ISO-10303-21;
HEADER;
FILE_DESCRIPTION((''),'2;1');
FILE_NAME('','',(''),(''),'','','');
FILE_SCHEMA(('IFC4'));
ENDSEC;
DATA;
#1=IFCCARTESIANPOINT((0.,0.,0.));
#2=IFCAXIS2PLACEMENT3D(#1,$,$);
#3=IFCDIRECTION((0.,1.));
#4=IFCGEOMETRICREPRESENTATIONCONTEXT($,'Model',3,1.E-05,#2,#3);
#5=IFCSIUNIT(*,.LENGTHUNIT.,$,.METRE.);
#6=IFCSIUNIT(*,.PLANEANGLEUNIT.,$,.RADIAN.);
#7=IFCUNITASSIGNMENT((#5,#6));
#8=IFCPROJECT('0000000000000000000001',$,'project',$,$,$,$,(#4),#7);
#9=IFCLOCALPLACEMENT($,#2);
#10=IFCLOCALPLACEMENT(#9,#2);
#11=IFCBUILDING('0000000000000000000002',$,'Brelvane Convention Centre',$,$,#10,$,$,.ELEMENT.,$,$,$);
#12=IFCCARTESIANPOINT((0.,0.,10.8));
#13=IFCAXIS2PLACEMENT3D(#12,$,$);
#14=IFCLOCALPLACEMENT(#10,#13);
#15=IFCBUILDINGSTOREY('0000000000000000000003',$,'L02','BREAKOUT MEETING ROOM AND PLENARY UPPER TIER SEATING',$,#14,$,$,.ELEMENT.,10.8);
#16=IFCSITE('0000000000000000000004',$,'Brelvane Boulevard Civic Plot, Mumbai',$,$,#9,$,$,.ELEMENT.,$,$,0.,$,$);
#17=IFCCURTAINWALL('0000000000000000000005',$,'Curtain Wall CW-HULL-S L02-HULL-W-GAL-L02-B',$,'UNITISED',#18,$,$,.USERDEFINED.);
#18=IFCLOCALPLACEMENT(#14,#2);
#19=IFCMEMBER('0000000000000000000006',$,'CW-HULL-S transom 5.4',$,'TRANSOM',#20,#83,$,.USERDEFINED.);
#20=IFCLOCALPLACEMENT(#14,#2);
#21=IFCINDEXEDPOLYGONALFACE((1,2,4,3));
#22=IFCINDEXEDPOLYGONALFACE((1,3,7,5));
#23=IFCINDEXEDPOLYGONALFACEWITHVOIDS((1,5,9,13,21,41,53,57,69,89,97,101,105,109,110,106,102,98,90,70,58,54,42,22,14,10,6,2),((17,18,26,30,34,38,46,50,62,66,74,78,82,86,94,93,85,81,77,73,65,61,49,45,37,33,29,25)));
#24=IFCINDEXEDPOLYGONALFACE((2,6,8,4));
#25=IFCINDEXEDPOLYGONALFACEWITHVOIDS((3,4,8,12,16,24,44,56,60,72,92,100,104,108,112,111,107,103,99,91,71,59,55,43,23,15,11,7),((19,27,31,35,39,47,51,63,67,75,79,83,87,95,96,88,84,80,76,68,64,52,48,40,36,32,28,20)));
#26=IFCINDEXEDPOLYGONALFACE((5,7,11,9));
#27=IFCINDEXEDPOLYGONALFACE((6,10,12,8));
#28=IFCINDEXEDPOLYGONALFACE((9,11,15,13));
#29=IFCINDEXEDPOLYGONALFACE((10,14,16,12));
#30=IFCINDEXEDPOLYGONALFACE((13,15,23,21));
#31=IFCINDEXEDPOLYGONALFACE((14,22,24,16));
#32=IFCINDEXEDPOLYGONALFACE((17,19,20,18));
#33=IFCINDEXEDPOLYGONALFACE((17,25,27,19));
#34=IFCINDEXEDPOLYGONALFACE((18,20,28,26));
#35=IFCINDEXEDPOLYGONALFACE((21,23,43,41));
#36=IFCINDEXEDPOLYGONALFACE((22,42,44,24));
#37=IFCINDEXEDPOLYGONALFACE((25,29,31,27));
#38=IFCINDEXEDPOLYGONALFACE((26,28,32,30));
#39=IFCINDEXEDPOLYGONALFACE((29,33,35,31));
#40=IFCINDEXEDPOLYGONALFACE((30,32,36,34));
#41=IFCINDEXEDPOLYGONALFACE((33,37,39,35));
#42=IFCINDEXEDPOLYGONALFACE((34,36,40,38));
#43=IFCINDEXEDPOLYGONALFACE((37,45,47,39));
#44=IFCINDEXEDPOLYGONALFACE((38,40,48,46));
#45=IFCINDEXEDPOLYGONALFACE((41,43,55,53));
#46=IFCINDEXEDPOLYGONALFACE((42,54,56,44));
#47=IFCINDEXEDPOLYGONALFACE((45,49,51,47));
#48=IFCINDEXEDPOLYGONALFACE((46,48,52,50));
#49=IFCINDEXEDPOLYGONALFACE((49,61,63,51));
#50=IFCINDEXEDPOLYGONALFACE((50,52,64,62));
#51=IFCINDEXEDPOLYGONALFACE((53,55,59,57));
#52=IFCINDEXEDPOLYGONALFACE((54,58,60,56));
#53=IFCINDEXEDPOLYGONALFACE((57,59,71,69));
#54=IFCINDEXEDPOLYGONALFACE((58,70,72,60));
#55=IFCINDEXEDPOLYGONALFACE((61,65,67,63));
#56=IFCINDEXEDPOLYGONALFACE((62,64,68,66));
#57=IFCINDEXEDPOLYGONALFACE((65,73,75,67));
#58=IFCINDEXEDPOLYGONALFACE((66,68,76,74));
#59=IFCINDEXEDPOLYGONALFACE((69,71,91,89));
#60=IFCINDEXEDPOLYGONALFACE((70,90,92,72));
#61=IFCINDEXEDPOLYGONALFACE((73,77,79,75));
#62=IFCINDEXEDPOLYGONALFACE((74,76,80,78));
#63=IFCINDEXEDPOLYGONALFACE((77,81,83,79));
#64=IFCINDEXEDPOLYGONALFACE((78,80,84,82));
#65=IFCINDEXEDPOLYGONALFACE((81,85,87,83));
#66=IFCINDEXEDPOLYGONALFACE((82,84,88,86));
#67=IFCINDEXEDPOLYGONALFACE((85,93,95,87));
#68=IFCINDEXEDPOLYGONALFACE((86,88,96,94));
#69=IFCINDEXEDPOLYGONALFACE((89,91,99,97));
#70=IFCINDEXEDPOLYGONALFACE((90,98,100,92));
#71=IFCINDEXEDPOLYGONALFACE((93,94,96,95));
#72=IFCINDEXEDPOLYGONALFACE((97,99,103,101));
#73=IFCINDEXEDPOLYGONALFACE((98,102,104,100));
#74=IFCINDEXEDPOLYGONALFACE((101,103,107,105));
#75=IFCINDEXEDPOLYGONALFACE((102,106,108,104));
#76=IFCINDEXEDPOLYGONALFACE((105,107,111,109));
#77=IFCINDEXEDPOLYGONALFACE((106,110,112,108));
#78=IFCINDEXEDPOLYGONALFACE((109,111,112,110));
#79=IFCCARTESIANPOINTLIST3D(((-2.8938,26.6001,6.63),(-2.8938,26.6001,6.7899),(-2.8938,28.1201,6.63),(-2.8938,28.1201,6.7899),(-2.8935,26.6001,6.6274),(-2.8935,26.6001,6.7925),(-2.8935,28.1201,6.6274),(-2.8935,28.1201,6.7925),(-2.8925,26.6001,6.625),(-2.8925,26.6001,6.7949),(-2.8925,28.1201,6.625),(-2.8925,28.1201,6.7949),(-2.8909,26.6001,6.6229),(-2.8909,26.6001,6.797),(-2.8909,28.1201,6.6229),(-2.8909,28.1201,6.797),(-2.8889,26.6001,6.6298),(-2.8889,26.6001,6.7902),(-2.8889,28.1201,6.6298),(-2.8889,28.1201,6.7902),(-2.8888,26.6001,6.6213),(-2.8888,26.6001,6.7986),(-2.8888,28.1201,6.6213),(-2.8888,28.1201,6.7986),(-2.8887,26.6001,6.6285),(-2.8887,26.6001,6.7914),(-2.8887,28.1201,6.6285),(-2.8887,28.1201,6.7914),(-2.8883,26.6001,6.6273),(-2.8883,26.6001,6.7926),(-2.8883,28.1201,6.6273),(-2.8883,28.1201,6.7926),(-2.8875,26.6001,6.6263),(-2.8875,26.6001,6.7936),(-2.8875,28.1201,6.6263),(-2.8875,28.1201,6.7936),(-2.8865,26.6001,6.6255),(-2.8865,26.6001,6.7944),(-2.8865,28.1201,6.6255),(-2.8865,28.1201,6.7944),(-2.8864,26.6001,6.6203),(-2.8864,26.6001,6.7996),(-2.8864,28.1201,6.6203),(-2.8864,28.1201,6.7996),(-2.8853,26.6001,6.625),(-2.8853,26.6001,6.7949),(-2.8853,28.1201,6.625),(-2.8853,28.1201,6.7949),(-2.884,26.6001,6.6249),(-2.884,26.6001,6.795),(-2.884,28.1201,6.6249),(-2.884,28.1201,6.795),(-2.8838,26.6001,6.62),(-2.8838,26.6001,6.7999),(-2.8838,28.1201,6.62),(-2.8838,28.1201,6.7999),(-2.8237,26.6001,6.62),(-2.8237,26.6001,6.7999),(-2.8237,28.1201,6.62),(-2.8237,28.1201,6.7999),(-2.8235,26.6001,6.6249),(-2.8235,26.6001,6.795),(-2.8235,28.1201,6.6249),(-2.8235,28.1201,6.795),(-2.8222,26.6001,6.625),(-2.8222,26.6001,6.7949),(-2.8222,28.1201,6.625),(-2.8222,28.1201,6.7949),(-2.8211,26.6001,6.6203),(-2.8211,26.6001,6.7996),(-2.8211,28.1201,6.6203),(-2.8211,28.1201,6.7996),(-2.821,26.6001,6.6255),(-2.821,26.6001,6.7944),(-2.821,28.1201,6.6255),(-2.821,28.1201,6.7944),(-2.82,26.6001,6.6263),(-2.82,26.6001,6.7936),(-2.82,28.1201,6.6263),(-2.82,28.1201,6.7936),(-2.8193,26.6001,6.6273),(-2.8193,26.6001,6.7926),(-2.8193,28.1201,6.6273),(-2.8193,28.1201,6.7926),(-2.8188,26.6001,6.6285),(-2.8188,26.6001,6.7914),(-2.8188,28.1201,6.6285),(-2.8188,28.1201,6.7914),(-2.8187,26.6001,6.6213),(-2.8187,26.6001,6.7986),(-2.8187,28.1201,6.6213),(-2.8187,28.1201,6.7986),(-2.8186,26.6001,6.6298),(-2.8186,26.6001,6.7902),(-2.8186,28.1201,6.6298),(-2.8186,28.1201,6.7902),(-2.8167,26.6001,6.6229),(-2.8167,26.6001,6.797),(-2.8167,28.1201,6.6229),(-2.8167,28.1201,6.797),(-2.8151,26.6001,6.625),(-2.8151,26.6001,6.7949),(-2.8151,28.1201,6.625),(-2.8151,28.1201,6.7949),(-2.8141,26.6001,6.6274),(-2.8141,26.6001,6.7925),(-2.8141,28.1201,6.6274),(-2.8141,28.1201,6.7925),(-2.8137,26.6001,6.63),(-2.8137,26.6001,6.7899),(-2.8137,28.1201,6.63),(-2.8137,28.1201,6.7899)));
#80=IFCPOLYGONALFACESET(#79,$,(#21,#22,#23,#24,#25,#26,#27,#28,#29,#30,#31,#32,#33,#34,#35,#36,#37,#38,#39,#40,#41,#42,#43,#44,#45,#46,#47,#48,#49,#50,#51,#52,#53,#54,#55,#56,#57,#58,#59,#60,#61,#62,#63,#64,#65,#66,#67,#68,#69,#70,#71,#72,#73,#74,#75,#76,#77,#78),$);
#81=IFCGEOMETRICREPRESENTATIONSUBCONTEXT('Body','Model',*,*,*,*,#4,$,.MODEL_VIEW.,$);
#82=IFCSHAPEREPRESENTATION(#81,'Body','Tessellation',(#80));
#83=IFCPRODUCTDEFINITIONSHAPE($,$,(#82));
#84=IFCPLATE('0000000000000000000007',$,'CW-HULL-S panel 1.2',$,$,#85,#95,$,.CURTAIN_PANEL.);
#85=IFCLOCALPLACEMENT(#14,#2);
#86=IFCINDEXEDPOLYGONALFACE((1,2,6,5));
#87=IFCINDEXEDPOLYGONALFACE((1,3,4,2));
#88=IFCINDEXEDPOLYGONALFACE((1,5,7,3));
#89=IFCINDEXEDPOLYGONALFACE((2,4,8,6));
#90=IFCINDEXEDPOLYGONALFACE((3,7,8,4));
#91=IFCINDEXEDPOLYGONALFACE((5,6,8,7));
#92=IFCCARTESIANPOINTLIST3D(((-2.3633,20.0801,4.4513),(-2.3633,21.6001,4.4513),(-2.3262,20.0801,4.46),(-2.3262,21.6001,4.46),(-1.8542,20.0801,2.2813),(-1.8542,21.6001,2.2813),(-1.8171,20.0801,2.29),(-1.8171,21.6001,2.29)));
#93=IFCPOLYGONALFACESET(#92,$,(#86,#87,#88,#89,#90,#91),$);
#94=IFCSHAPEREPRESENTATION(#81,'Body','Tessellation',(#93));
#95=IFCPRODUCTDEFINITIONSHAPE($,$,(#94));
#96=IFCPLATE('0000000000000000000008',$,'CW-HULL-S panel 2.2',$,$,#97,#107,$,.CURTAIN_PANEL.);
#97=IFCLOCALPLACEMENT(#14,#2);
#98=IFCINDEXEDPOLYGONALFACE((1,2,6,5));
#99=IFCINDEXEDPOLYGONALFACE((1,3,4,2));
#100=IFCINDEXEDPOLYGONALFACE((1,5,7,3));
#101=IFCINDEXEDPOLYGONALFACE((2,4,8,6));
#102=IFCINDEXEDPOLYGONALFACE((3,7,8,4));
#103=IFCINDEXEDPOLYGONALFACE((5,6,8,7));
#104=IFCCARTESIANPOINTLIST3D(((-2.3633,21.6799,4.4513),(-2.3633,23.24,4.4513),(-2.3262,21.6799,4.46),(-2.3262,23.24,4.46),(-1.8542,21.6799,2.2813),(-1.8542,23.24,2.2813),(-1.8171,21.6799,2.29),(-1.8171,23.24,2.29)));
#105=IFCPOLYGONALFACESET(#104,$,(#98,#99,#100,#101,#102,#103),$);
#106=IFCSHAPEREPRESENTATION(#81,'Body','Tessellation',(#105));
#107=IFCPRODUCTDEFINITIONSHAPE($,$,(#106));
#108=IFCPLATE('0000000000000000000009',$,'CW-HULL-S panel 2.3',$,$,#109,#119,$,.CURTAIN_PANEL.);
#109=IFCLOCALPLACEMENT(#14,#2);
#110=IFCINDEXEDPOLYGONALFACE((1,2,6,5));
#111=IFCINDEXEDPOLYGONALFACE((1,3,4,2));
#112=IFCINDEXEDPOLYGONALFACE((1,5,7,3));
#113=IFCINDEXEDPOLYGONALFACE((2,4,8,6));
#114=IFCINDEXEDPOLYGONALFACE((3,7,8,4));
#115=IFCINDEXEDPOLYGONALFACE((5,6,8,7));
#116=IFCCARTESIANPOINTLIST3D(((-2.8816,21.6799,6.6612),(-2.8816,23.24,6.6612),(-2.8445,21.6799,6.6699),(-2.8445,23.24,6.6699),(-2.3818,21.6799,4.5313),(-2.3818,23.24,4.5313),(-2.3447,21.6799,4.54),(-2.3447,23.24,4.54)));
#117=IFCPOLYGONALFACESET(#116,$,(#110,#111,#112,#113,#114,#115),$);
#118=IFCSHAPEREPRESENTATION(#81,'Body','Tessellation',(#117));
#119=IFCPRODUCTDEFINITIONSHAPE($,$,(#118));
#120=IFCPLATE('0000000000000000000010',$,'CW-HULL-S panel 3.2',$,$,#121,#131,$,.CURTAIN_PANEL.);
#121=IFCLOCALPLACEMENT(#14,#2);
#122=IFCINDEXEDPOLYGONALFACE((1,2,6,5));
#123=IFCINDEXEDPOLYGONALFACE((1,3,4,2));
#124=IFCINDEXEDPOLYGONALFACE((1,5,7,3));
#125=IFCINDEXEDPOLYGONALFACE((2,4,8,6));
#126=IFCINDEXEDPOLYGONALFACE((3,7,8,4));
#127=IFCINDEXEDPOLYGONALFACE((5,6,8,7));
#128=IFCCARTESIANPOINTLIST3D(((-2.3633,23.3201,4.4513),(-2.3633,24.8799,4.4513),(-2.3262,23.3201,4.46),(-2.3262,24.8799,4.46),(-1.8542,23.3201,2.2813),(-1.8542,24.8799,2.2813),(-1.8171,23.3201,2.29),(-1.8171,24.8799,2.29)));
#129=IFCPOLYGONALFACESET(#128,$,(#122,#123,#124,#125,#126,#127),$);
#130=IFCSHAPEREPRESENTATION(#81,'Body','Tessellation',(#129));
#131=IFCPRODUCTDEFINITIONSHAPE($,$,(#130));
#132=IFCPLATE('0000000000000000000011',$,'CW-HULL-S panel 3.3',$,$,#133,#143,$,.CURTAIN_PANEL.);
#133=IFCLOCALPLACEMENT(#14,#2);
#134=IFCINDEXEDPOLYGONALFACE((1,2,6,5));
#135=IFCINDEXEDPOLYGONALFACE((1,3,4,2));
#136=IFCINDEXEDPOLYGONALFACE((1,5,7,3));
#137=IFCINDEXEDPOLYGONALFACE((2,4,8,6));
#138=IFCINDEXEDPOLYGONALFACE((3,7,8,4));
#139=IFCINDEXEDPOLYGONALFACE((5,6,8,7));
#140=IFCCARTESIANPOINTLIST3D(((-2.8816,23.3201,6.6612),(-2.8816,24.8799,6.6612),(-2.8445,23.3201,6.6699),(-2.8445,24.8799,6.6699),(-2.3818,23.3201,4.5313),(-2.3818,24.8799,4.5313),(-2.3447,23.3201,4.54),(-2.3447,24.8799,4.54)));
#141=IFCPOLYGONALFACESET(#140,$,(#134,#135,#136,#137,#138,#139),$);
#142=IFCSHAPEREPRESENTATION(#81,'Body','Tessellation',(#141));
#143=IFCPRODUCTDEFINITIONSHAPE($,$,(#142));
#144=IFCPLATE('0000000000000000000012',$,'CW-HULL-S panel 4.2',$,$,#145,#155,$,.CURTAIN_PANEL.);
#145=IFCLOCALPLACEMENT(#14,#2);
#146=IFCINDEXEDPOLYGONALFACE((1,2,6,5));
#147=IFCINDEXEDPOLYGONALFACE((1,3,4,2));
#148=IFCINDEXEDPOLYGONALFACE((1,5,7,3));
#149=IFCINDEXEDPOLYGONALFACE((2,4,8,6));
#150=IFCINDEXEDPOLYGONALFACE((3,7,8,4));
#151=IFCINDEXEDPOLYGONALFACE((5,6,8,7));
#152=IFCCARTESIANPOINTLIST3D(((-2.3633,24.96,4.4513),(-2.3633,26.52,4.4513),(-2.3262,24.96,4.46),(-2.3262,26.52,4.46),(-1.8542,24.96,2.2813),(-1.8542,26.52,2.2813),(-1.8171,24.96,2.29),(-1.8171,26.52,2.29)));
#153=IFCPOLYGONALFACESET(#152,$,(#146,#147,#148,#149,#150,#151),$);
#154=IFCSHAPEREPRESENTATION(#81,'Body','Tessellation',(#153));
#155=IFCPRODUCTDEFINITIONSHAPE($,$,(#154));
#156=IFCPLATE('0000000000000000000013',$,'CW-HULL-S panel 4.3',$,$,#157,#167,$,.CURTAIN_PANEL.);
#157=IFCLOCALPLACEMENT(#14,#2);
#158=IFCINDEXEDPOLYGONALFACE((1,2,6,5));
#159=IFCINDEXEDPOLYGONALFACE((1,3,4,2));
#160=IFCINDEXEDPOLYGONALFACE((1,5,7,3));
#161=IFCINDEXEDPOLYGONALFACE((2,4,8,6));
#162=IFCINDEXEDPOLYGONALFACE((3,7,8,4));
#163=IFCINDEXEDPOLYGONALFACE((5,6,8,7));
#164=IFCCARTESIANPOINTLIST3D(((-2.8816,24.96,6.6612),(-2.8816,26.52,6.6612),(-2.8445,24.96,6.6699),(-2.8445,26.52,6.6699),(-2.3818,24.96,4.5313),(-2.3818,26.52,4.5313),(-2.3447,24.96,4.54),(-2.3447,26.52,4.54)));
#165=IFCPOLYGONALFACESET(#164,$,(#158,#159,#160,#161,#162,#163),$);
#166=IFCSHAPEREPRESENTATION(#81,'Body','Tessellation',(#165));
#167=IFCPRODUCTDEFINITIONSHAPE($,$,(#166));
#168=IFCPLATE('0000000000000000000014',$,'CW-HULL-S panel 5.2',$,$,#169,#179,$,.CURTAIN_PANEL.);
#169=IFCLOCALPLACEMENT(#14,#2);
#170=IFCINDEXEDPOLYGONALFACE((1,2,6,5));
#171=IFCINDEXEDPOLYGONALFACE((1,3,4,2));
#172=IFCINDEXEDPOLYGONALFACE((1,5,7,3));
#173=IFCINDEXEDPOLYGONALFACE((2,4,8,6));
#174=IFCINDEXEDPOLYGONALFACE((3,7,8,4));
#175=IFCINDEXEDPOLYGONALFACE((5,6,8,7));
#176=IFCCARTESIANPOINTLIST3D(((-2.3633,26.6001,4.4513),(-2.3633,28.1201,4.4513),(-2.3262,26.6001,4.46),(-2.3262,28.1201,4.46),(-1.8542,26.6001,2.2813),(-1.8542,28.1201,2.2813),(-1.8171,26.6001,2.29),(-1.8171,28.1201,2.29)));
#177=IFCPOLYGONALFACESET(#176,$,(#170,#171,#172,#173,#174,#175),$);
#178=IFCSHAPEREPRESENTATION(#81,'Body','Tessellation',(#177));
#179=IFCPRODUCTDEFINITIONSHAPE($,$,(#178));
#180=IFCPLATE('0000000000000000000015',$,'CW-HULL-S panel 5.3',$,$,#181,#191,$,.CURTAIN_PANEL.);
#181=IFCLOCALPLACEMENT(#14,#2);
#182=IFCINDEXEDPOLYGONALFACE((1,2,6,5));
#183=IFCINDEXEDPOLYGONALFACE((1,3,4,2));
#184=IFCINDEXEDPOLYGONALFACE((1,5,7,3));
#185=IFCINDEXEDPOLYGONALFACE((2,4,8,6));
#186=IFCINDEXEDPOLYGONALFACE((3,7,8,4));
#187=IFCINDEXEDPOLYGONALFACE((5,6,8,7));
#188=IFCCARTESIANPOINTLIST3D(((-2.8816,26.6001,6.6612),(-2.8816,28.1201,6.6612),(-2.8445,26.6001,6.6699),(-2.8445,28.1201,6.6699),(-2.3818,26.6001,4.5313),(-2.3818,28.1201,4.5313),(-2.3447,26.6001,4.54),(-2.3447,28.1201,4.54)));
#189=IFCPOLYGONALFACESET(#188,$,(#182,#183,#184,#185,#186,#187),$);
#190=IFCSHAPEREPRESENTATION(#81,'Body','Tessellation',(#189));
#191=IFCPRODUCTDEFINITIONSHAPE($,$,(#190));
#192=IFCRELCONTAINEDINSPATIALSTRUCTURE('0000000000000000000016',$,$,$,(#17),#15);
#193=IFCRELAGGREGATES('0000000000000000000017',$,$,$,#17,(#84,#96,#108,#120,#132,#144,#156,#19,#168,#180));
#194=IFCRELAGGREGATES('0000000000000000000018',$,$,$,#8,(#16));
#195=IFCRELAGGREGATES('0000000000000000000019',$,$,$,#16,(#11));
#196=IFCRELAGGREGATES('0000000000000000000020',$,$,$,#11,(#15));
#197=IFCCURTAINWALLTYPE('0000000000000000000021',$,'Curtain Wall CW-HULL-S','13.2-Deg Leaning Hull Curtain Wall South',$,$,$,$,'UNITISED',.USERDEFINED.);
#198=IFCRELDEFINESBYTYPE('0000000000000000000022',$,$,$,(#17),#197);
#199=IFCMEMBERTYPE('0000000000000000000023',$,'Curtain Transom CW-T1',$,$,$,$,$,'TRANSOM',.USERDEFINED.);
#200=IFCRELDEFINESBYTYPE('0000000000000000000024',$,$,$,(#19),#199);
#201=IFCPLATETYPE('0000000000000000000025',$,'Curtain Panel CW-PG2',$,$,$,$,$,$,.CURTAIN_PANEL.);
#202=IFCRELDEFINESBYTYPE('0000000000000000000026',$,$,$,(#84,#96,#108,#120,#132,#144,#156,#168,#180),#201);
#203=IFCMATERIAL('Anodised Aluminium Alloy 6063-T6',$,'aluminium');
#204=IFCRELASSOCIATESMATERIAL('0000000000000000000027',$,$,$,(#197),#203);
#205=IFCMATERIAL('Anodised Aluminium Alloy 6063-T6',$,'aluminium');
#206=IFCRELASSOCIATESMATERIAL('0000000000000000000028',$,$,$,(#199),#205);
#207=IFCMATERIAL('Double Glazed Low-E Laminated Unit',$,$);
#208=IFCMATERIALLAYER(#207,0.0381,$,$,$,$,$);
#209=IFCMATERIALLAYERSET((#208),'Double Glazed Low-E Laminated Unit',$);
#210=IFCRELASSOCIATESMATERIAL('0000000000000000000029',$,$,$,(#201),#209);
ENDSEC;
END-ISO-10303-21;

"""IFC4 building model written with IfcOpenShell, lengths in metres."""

from ifc_helpers import new_model, si_unit, direction, frame, origin, origin_2d, place, context, subcontext, project, spatial, polyline, hollow_rectangle, outline, extrude, material, layer, layer_set, material_profile, profile_set, type_object, element, aggregate, save


model = new_model("IFC4")

# Units and contexts
model_context = context("Model", 3, precision=1e-05, world=origin(), true_north=direction((0.0, 1.0)))
body_context = subcontext(model_context, "Body", "Model", "MODEL_VIEW")
ifc_project = project(units=[si_unit("LENGTHUNIT", "METRE"), si_unit("PLANEANGLEUNIT", "RADIAN")], contexts=[model_context])

# Site, building, storey
site_placement = place(None, origin())
site = spatial("IfcSite", under=ifc_project, at=site_placement, Name="Brelvane Boulevard Civic Plot, Mumbai", CompositionType="ELEMENT", RefElevation=0.0)
building_placement = place(site_placement, origin())
building = spatial("IfcBuilding", under=site, at=building_placement, Name="Brelvane Convention Centre", CompositionType="ELEMENT")
storey_placement = place(building_placement, frame((0.0, 0.0, 10.8)))
storey = spatial("IfcBuildingStorey", under=building, at=storey_placement, Name="L02", Description="BREAKOUT MEETING ROOM AND PLENARY UPPER TIER SEATING", CompositionType="ELEMENT", Elevation=10.8)

# Curtain wall, member, plates
ifc_material_1 = material(Name="Anodised Aluminium Alloy 6063-T6", Category="aluminium")
curtain_wall_type = type_object("IfcCurtainWallType", Name="Curtain Wall CW-HULL-S", Description="13.2-Deg Leaning Hull Curtain Wall South", ElementType="UNITISED", PredefinedType="USERDEFINED", material=ifc_material_1)
curtain_wall_placement = place(storey_placement, origin())
curtain_wall = element("IfcCurtainWall", 1, at=curtain_wall_placement, inside=storey, type_object=curtain_wall_type, Name="Curtain Wall CW-HULL-S L02-HULL-W-GAL-L02-B", ObjectType="UNITISED", PredefinedType="USERDEFINED")
ifc_material_2 = material(Name="Anodised Aluminium Alloy 6063-T6", Category="aluminium")
ifc_material_profile = material_profile(ifc_material_2, hollow_rectangle(XDim=0.0801, YDim=0.1799, WallThickness=0.0049, InnerFilletRadius=0.0049, OuterFilletRadius=0.01, at=origin_2d()), Name="ALU-T 180x80x5.0")
ifc_profile_set = profile_set([ifc_material_profile], Name="Anodised Aluminium Alloy 6063-T6")
member_type = type_object("IfcMemberType", Name="Curtain Transom CW-T1", ElementType="TRANSOM", PredefinedType="USERDEFINED", material=ifc_profile_set)
member_1_placement = place(storey_placement, frame((-2.8538, 26.6001, 6.71), z_axis=(0.0, 1.0, 0.0), x_axis=(-1.0, 0.0, 0.0)))
member_1 = element("IfcMember", 2, at=member_1_placement, type_object=member_type, Name="CW-HULL-S transom 5.4", ObjectType="TRANSOM", PredefinedType="USERDEFINED", context=body_context, shape_type="SweptSolid", body=[
    extrude(hollow_rectangle(XDim=0.0801, YDim=0.1799, WallThickness=0.0049, InnerFilletRadius=0.0049, OuterFilletRadius=0.01, at=origin_2d()), origin(), (0.0, 0.0, 1.0), 1.52),
])
ifc_material_3 = material(Name="Double Glazed Low-E Laminated Unit")
ifc_layer_1 = layer(ifc_material_3, 0.0381)
ifc_layer_set_1 = layer_set([ifc_layer_1], Name="Double Glazed Low-E Laminated Unit")
plate_type_1 = type_object("IfcPlateType", Name="Curtain Panel CW-PG2", PredefinedType="CURTAIN_PANEL", material=ifc_layer_set_1)
plate_1_placement = place(storey_placement, frame((-1.8171, 20.0801, 2.29), z_axis=(0.973571, 0.0, 0.228386), x_axis=(0.0, 1.0, 0.0)))
plate_1 = element("IfcPlate", 3, at=plate_1_placement, type_object=plate_type_1, Name="CW-HULL-S panel 1.2", PredefinedType="CURTAIN_PANEL", context=body_context, shape_type="SweptSolid", body=[
    extrude(outline(polyline([(0.0, 0.0), (1.52, 0.0), (1.52, 2.2288), (0.0, 2.2288), (0.0, 0.0)])), origin(), (0.0, 0.0, -1.0), 0.0381),
])
plate_2_placement = place(storey_placement, frame((-1.8171, 21.6799, 2.29), z_axis=(0.973571, 0.0, 0.228386), x_axis=(0.0, 1.0, 0.0)))
plate_2 = element("IfcPlate", 4, at=plate_2_placement, type_object=plate_type_1, Name="CW-HULL-S panel 2.2", PredefinedType="CURTAIN_PANEL", context=body_context, shape_type="SweptSolid", body=[
    extrude(outline(polyline([(0.0, 0.0), (1.5601, 0.0), (1.5601, 2.2288), (0.0, 2.2288), (0.0, 0.0)])), origin(), (0.0, 0.0, -1.0), 0.0381),
])
plate_3_placement = place(storey_placement, frame((-2.3447, 21.6799, 4.54), z_axis=(0.973559, 0.0, 0.228436), x_axis=(0.0, 1.0, 0.0)))
plate_3 = element("IfcPlate", 5, at=plate_3_placement, type_object=plate_type_1, Name="CW-HULL-S panel 2.3", PredefinedType="CURTAIN_PANEL", context=body_context, shape_type="SweptSolid", body=[
    extrude(outline(polyline([(0.0, 0.0), (1.5601, 0.0), (1.5601, 2.1877), (0.0, 2.1877), (0.0, 0.0)])), origin(), (0.0, 0.0, -1.0), 0.0381),
])
plate_4_placement = place(storey_placement, frame((-1.8171, 23.3201, 2.29), z_axis=(0.973571, 0.0, 0.228386), x_axis=(0.0, 1.0, 0.0)))
plate_4 = element("IfcPlate", 6, at=plate_4_placement, type_object=plate_type_1, Name="CW-HULL-S panel 3.2", PredefinedType="CURTAIN_PANEL", context=body_context, shape_type="SweptSolid", body=[
    extrude(outline(polyline([(0.0, 0.0), (1.5598, 0.0), (1.5598, 2.2288), (0.0, 2.2288), (0.0, 0.0)])), origin(), (0.0, 0.0, -1.0), 0.0381),
])
plate_5_placement = place(storey_placement, frame((-2.3447, 23.3201, 4.54), z_axis=(0.973559, 0.0, 0.228436), x_axis=(0.0, 1.0, 0.0)))
plate_5 = element("IfcPlate", 7, at=plate_5_placement, type_object=plate_type_1, Name="CW-HULL-S panel 3.3", PredefinedType="CURTAIN_PANEL", context=body_context, shape_type="SweptSolid", body=[
    extrude(outline(polyline([(0.0, 0.0), (1.5598, 0.0), (1.5598, 2.1877), (0.0, 2.1877), (0.0, 0.0)])), origin(), (0.0, 0.0, -1.0), 0.0381),
])
plate_6_placement = place(storey_placement, frame((-1.8171, 24.96, 2.29), z_axis=(0.973571, 0.0, 0.228386), x_axis=(0.0, 1.0, 0.0)))
plate_6 = element("IfcPlate", 8, at=plate_6_placement, type_object=plate_type_1, Name="CW-HULL-S panel 4.2", PredefinedType="CURTAIN_PANEL", context=body_context, shape_type="SweptSolid", body=[
    extrude(outline(polyline([(0.0, 0.0), (1.5601, 0.0), (1.5601, 2.2288), (0.0, 2.2288), (0.0, 0.0)])), origin(), (0.0, 0.0, -1.0), 0.0381),
])
plate_7_placement = place(storey_placement, frame((-2.3447, 24.96, 4.54), z_axis=(0.973559, 0.0, 0.228436), x_axis=(0.0, 1.0, 0.0)))
plate_7 = element("IfcPlate", 9, at=plate_7_placement, type_object=plate_type_1, Name="CW-HULL-S panel 4.3", PredefinedType="CURTAIN_PANEL", context=body_context, shape_type="SweptSolid", body=[
    extrude(outline(polyline([(0.0, 0.0), (1.5601, 0.0), (1.5601, 2.1877), (0.0, 2.1877), (0.0, 0.0)])), origin(), (0.0, 0.0, -1.0), 0.0381),
])
plate_8_placement = place(storey_placement, frame((-1.8171, 26.6001, 2.29), z_axis=(0.973571, 0.0, 0.228386), x_axis=(0.0, 1.0, 0.0)))
plate_8 = element("IfcPlate", 10, at=plate_8_placement, type_object=plate_type_1, Name="CW-HULL-S panel 5.2", PredefinedType="CURTAIN_PANEL", context=body_context, shape_type="SweptSolid", body=[
    extrude(outline(polyline([(0.0, 0.0), (1.52, 0.0), (1.52, 2.2288), (0.0, 2.2288), (0.0, 0.0)])), origin(), (0.0, 0.0, -1.0), 0.0381),
])
plate_9_placement = place(storey_placement, frame((-2.3447, 26.6001, 4.54), z_axis=(0.973559, 0.0, 0.228436), x_axis=(0.0, 1.0, 0.0)))
plate_9 = element("IfcPlate", 11, at=plate_9_placement, type_object=plate_type_1, Name="CW-HULL-S panel 5.3", PredefinedType="CURTAIN_PANEL", context=body_context, shape_type="SweptSolid", body=[
    extrude(outline(polyline([(0.0, 0.0), (1.52, 0.0), (1.52, 2.1877), (0.0, 2.1877), (0.0, 0.0)])), origin(), (0.0, 0.0, -1.0), 0.0381),
])
aggregate(curtain_wall, [plate_1, plate_2, plate_3, plate_4, plate_5, plate_6, plate_7, member_1, plate_8, plate_9])

save(model, "model.ifc")
